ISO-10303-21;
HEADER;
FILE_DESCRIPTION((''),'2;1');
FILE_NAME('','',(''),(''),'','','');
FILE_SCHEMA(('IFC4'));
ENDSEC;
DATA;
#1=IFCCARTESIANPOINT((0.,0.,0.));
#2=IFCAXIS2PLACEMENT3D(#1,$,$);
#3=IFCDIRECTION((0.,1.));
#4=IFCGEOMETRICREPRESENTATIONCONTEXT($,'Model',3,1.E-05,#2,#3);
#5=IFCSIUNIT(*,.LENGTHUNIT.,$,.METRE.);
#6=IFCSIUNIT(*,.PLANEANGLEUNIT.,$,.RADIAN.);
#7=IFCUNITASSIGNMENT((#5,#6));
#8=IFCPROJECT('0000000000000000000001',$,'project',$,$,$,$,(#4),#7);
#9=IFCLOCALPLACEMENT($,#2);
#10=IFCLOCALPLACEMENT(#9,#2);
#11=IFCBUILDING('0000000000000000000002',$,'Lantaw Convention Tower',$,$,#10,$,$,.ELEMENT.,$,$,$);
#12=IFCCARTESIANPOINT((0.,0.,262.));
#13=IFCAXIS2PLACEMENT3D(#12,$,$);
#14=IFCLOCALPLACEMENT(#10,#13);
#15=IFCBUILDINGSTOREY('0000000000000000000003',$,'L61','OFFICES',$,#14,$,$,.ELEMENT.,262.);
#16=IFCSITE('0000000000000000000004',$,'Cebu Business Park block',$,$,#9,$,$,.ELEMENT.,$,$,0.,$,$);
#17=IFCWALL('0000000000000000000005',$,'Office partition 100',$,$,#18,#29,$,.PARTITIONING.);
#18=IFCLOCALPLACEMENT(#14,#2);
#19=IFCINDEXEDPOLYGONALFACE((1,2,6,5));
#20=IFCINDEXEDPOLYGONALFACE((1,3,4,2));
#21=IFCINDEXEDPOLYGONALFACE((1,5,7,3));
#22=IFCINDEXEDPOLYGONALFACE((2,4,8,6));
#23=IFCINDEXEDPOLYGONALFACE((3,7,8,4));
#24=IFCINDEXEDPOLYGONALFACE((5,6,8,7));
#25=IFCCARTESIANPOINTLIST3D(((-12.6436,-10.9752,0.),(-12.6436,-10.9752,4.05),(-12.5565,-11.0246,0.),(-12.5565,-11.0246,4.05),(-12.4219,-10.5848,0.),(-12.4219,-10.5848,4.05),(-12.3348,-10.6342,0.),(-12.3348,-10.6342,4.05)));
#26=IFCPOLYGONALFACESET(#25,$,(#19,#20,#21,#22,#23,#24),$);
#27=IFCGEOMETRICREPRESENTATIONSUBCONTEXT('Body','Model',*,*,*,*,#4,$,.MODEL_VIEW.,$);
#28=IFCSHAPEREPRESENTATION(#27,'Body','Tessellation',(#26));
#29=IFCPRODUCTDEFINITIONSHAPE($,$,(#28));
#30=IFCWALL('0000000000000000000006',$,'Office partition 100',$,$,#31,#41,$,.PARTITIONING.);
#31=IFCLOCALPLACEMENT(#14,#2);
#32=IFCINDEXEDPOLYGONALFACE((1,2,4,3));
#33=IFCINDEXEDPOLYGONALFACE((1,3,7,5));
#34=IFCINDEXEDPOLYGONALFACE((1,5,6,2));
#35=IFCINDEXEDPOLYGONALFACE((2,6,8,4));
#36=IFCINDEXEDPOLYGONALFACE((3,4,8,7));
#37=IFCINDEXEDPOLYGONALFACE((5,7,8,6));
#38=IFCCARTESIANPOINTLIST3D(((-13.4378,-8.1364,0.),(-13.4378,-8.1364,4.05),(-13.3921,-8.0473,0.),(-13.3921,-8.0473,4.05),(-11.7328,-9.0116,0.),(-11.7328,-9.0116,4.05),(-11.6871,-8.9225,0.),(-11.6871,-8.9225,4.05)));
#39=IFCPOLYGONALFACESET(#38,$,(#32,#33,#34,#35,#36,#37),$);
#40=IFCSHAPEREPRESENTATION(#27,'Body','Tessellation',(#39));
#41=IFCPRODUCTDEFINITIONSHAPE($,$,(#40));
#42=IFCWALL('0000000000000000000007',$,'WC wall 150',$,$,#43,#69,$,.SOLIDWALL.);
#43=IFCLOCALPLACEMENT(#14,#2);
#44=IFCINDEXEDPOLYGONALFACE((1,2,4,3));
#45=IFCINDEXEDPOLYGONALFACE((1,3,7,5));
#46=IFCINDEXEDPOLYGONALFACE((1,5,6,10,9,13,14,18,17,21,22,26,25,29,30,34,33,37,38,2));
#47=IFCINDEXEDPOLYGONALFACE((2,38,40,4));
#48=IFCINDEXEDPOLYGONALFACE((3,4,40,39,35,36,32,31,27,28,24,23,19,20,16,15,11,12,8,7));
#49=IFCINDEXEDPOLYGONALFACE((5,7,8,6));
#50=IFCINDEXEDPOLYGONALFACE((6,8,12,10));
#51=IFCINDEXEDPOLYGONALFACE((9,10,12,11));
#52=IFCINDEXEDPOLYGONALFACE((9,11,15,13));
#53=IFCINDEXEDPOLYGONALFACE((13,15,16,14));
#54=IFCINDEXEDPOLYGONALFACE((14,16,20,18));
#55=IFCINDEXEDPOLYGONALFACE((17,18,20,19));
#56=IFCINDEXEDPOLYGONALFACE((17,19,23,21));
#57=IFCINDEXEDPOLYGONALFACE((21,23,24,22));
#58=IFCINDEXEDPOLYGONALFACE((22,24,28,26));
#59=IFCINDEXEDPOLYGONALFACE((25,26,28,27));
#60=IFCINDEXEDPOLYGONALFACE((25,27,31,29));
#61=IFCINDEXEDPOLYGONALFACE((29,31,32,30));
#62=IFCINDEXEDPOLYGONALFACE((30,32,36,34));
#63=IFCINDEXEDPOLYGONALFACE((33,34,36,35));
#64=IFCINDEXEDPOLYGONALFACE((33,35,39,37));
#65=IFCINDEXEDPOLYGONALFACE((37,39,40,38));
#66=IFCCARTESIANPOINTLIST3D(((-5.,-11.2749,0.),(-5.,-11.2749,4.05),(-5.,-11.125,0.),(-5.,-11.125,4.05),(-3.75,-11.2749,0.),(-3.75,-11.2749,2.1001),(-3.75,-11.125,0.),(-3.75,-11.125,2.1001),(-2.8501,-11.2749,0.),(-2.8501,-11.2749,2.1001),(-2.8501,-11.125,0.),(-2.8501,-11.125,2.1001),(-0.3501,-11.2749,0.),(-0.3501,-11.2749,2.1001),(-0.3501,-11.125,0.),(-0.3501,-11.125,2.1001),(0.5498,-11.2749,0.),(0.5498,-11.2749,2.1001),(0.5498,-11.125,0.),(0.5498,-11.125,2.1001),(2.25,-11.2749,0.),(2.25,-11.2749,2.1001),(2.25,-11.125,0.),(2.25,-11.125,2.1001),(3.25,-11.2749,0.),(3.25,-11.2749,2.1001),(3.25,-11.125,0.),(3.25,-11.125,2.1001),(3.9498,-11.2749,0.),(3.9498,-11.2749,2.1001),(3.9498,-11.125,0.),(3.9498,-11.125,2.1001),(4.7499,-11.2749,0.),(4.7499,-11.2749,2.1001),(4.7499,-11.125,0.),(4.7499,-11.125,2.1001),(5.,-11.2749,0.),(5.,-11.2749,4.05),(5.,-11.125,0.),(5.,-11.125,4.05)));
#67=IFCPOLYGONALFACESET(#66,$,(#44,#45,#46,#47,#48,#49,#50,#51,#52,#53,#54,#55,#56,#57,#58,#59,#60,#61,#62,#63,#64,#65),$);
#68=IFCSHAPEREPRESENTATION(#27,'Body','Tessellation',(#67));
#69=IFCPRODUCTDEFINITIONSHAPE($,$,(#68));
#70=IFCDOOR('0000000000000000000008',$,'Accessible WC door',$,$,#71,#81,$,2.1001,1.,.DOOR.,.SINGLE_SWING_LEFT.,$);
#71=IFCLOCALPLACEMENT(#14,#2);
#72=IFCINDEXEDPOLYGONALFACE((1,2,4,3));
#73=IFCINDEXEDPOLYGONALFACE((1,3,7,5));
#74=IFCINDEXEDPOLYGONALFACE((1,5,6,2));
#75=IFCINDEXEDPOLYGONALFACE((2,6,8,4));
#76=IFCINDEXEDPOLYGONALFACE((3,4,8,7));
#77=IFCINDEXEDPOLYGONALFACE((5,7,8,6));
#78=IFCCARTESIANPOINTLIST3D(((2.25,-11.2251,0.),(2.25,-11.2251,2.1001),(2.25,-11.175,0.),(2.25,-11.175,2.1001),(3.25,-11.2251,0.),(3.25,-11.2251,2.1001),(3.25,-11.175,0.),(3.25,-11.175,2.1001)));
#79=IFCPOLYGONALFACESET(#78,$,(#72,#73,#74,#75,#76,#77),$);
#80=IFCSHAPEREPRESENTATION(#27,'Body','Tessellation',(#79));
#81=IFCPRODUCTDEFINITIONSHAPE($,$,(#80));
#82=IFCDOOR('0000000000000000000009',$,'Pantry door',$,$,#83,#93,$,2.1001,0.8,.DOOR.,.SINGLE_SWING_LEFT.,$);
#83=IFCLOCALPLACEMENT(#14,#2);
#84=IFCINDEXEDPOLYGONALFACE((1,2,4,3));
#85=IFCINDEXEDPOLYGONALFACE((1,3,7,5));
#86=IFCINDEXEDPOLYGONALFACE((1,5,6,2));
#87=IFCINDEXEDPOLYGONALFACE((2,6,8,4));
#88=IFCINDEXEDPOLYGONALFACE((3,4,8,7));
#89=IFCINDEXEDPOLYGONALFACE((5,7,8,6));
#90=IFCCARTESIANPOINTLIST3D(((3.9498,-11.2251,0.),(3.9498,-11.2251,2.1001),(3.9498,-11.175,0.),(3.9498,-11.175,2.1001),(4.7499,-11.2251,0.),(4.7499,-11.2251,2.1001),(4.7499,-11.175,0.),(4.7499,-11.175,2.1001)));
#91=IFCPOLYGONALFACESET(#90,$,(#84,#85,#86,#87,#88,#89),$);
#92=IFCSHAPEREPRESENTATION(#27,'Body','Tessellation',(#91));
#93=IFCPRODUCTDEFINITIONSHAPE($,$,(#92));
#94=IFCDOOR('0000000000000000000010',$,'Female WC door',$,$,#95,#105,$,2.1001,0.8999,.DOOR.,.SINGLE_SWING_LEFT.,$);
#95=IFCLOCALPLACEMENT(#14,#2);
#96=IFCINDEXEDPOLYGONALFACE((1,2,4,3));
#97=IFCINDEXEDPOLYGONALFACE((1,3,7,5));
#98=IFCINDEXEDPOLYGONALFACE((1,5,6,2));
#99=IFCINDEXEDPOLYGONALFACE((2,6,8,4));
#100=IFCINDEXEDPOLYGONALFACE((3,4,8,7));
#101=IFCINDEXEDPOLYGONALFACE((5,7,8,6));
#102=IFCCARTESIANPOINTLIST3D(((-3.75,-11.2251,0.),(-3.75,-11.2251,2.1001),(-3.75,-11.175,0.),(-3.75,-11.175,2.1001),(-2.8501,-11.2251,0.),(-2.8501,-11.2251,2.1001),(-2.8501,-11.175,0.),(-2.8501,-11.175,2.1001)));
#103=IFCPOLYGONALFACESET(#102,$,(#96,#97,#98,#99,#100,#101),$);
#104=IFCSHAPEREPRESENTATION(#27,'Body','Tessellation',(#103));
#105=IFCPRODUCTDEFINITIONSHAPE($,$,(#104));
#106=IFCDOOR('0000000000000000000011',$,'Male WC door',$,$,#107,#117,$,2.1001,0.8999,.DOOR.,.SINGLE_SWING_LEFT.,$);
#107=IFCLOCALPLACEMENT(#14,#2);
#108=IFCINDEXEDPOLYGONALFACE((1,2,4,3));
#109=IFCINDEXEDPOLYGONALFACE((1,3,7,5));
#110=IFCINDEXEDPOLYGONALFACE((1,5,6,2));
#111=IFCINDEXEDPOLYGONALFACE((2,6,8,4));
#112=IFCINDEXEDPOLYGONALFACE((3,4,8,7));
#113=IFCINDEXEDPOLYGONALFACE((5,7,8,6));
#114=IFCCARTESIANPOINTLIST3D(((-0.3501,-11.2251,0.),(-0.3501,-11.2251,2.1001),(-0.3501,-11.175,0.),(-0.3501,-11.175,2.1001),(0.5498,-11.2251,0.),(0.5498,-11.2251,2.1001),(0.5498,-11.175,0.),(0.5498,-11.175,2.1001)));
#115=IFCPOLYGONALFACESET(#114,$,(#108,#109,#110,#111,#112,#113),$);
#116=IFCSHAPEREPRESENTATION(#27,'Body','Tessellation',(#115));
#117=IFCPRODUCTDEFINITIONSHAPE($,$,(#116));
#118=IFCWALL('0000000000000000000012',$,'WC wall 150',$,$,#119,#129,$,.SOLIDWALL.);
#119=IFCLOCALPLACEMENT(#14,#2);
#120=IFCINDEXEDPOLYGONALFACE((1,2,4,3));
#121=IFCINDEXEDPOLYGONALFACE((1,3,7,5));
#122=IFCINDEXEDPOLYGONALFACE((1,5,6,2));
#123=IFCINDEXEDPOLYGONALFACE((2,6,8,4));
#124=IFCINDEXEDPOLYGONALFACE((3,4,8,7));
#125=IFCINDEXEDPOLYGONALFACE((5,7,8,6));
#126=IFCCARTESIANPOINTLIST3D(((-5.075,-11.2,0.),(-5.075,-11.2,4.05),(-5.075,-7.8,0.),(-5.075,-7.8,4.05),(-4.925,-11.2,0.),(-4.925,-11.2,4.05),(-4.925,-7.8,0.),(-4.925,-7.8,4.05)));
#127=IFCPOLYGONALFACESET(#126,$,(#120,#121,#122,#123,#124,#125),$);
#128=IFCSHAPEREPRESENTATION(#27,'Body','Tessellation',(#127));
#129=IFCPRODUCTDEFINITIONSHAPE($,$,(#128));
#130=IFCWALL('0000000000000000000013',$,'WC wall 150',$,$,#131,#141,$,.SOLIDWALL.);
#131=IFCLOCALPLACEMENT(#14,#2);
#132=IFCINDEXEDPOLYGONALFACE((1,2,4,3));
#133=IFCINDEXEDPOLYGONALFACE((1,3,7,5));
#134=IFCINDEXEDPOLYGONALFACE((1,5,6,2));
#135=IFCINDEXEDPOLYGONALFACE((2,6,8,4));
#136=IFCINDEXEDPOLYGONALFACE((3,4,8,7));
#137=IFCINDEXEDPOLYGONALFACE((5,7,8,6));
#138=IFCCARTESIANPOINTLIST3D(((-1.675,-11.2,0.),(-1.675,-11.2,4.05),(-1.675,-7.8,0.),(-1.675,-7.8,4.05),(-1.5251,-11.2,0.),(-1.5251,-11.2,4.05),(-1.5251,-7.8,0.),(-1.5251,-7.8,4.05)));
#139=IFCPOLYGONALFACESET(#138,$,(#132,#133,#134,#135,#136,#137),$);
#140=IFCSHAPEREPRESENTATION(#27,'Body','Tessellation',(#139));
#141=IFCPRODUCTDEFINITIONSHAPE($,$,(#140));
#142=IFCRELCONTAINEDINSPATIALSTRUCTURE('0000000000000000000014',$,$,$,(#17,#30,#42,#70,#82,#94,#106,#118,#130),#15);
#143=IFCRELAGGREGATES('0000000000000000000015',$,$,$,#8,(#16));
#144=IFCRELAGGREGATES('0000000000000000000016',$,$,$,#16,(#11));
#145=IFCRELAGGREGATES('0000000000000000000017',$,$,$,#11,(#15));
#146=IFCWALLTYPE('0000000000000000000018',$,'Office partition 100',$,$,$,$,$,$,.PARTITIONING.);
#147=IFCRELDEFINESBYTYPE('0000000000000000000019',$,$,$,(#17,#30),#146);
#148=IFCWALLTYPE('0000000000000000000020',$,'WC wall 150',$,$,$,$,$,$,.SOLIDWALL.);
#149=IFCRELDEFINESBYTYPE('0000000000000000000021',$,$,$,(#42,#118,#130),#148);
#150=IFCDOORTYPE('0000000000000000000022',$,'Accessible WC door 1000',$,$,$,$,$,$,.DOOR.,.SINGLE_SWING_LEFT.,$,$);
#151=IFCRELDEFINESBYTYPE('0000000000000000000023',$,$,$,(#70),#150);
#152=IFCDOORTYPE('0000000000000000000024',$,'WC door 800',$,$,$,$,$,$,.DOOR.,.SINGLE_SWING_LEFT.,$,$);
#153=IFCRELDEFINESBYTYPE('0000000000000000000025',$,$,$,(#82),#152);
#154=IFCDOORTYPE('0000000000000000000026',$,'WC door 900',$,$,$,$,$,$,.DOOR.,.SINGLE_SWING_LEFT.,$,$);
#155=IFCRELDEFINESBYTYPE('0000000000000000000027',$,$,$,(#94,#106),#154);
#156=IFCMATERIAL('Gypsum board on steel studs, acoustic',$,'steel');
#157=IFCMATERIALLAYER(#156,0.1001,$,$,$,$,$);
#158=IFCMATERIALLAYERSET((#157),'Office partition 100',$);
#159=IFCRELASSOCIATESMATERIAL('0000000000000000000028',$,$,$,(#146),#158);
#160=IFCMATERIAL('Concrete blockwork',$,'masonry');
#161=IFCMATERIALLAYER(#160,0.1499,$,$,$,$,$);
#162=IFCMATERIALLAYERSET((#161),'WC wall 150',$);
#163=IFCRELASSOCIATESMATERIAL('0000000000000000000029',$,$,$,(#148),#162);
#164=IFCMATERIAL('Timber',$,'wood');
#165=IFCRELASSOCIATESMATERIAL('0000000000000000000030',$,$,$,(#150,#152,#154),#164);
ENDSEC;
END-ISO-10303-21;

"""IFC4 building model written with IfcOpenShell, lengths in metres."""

from ifc_helpers import new_model, si_unit, direction, frame, frame_2d, origin, place, context, subcontext, project, spatial, rectangle, extrude, material, layer, layer_set, type_object, element, fill, save


model = new_model("IFC4")

# Units and contexts
model_context = context("Model", 3, precision=1e-05, world=origin(), true_north=direction((0.0, 1.0)))
body_context = subcontext(model_context, "Body", "Model", "MODEL_VIEW")
ifc_project = project(units=[si_unit("LENGTHUNIT", "METRE"), si_unit("PLANEANGLEUNIT", "RADIAN")], contexts=[model_context])

# Site, building, storey
site_placement = place(None, origin())
site = spatial("IfcSite", under=ifc_project, at=site_placement, Name="Cebu Business Park block", CompositionType="ELEMENT", RefElevation=0.0)
building_placement = place(site_placement, origin())
building = spatial("IfcBuilding", under=site, at=building_placement, Name="Lantaw Convention Tower", CompositionType="ELEMENT")
storey_placement = place(building_placement, frame((0.0, 0.0, 262.0)))
storey = spatial("IfcBuildingStorey", under=building, at=storey_placement, Name="L61", Description="OFFICES", CompositionType="ELEMENT", Elevation=262.0)

# Shared definitions
ifc_material_1 = material(Name="Gypsum board on steel studs, acoustic", Category="steel")
ifc_layer_1 = layer(ifc_material_1, 0.1001)
ifc_layer_set_1 = layer_set([ifc_layer_1], Name="Office partition 100")
wall_type_1 = type_object("IfcWallType", Name="Office partition 100", PredefinedType="PARTITIONING", material=ifc_layer_set_1)

# Shared definitions
ifc_material_2 = material(Name="Timber", Category="wood")

# Walls
wall_1_placement = place(storey_placement, frame((-12.6001, -11.0, 0.0), z_axis=(0.0, 0.0, 1.0), x_axis=(0.493794, 0.869579, 0.0)))
element("IfcWall", 1, at=wall_1_placement, inside=storey, type_object=wall_type_1, Name="Office partition 100", PredefinedType="PARTITIONING", context=body_context, shape_type="SweptSolid", body=[
    extrude(rectangle(XDim=0.449, YDim=0.1001, at=frame_2d((0.2246, 0.0))), origin(), (0.0, 0.0, 1.0), 4.05),
])
wall_2_placement = place(storey_placement, frame((-11.71, -8.967, 0.0), z_axis=(0.0, 0.0, 1.0), x_axis=(-0.889638, 0.456666, 0.0)))
element("IfcWall", 2, at=wall_2_placement, inside=storey, type_object=wall_type_1, Name="Office partition 100", PredefinedType="PARTITIONING", context=body_context, shape_type="SweptSolid", body=[
    extrude(rectangle(XDim=1.9165, YDim=0.1001, at=frame_2d((0.9583, 0.0))), origin(), (0.0, 0.0, 1.0), 4.05),
])

# Wall, openings, doors
ifc_material_3 = material(Name="Concrete blockwork", Category="masonry")
ifc_layer_2 = layer(ifc_material_3, 0.1499)
ifc_layer_set_2 = layer_set([ifc_layer_2], Name="WC wall 150")
wall_type_2 = type_object("IfcWallType", Name="WC wall 150", PredefinedType="SOLIDWALL", material=ifc_layer_set_2)
wall_3_placement = place(storey_placement, frame((-5.0, -11.2, 0.0), z_axis=(0.0, 0.0, 1.0), x_axis=(1.0, 0.0, 0.0)))
wall_3 = element("IfcWall", 3, at=wall_3_placement, inside=storey, type_object=wall_type_2, Name="WC wall 150", PredefinedType="SOLIDWALL", context=body_context, shape_type="SweptSolid", body=[
    extrude(rectangle(XDim=10.0, YDim=0.1499, at=frame_2d((5.0, 0.0))), origin(), (0.0, 0.0, 1.0), 4.05),
])
opening_1_placement = place(wall_3_placement, frame((1.25, 0.0, 0.0)))
opening_1 = element("IfcOpeningElement", 4, at=opening_1_placement, cuts=wall_3, PredefinedType="OPENING", context=body_context, shape_type="SweptSolid", body=[
    extrude(rectangle(XDim=0.8999, YDim=2.1001, at=frame_2d((0.45, 1.05))), frame((0.0, 0.085, 0.0), z_axis=(0.0, -1.0, 0.0), x_axis=(1.0, 0.0, 0.0)), (0.0, 0.0, 1.0), 0.1699),
])
opening_2_placement = place(wall_3_placement, frame((4.6499, 0.0, 0.0)))
opening_2 = element("IfcOpeningElement", 5, at=opening_2_placement, cuts=wall_3, PredefinedType="OPENING", context=body_context, shape_type="SweptSolid", body=[
    extrude(rectangle(XDim=0.8999, YDim=2.1001, at=frame_2d((0.45, 1.05))), frame((0.0, 0.085, 0.0), z_axis=(0.0, -1.0, 0.0), x_axis=(1.0, 0.0, 0.0)), (0.0, 0.0, 1.0), 0.1699),
])
opening_3_placement = place(wall_3_placement, frame((7.25, 0.0, 0.0)))
opening_3 = element("IfcOpeningElement", 6, at=opening_3_placement, cuts=wall_3, PredefinedType="OPENING", context=body_context, shape_type="SweptSolid", body=[
    extrude(rectangle(XDim=1.0, YDim=2.1001, at=frame_2d((0.5, 1.05))), frame((0.0, 0.085, 0.0), z_axis=(0.0, -1.0, 0.0), x_axis=(1.0, 0.0, 0.0)), (0.0, 0.0, 1.0), 0.1699),
])
opening_4_placement = place(wall_3_placement, frame((8.95, 0.0, 0.0)))
opening_4 = element("IfcOpeningElement", 7, at=opening_4_placement, cuts=wall_3, PredefinedType="OPENING", context=body_context, shape_type="SweptSolid", body=[
    extrude(rectangle(XDim=0.8, YDim=2.1001, at=frame_2d((0.3999, 1.05))), frame((0.0, 0.085, 0.0), z_axis=(0.0, -1.0, 0.0), x_axis=(1.0, 0.0, 0.0)), (0.0, 0.0, 1.0), 0.1699),
])
door_type_1 = type_object("IfcDoorType", Name="Accessible WC door 1000", OperationType="SINGLE_SWING_LEFT", PredefinedType="DOOR", material=ifc_material_2)
door_1_placement = place(opening_3_placement, origin())
door_1 = element("IfcDoor", 8, at=door_1_placement, inside=storey, type_object=door_type_1, Name="Accessible WC door", OperationType="SINGLE_SWING_LEFT", OverallHeight=2.1001, OverallWidth=1.0, PredefinedType="DOOR", context=body_context, shape_type="SweptSolid", body=[
    extrude(rectangle(XDim=1.0, YDim=2.1001, at=frame_2d((0.5, 1.05))), frame((0.0, 0.0249, 0.0), z_axis=(0.0, -1.0, 0.0), x_axis=(1.0, 0.0, 0.0)), (0.0, 0.0, 1.0), 0.05),
])
fill(opening_3, door_1)
door_type_2 = type_object("IfcDoorType", Name="WC door 800", OperationType="SINGLE_SWING_LEFT", PredefinedType="DOOR", material=ifc_material_2)
door_2_placement = place(opening_4_placement, origin())
door_2 = element("IfcDoor", 9, at=door_2_placement, inside=storey, type_object=door_type_2, Name="Pantry door", OperationType="SINGLE_SWING_LEFT", OverallHeight=2.1001, OverallWidth=0.8, PredefinedType="DOOR", context=body_context, shape_type="SweptSolid", body=[
    extrude(rectangle(XDim=0.8, YDim=2.1001, at=frame_2d((0.3999, 1.05))), frame((0.0, 0.0249, 0.0), z_axis=(0.0, -1.0, 0.0), x_axis=(1.0, 0.0, 0.0)), (0.0, 0.0, 1.0), 0.05),
])
fill(opening_4, door_2)
door_type_3 = type_object("IfcDoorType", Name="WC door 900", OperationType="SINGLE_SWING_LEFT", PredefinedType="DOOR", material=ifc_material_2)
door_3_placement = place(opening_1_placement, origin())
door_3 = element("IfcDoor", 10, at=door_3_placement, inside=storey, type_object=door_type_3, Name="Female WC door", OperationType="SINGLE_SWING_LEFT", OverallHeight=2.1001, OverallWidth=0.8999, PredefinedType="DOOR", context=body_context, shape_type="SweptSolid", body=[
    extrude(rectangle(XDim=0.8999, YDim=2.1001, at=frame_2d((0.45, 1.05))), frame((0.0, 0.0249, 0.0), z_axis=(0.0, -1.0, 0.0), x_axis=(1.0, 0.0, 0.0)), (0.0, 0.0, 1.0), 0.05),
])
fill(opening_1, door_3)
door_4_placement = place(opening_2_placement, origin())
door_4 = element("IfcDoor", 11, at=door_4_placement, inside=storey, type_object=door_type_3, Name="Male WC door", OperationType="SINGLE_SWING_LEFT", OverallHeight=2.1001, OverallWidth=0.8999, PredefinedType="DOOR", context=body_context, shape_type="SweptSolid", body=[
    extrude(rectangle(XDim=0.8999, YDim=2.1001, at=frame_2d((0.45, 1.05))), frame((0.0, 0.0249, 0.0), z_axis=(0.0, -1.0, 0.0), x_axis=(1.0, 0.0, 0.0)), (0.0, 0.0, 1.0), 0.05),
])
fill(opening_2, door_4)

# Walls
for number, where, z_axis, x_axis, name in (
    (12, (-5.0, -7.8, 0.0), (0.0, 0.0, 1.0), (0.0, -1.0, 0.0), "WC wall 150"),
    (13, (-1.6001, -7.8, 0.0), (0.0, 0.0, 1.0), (0.0, -1.0, 0.0), "WC wall 150"),
):
    element("IfcWall", number, at=place(storey_placement, frame(where, z_axis=z_axis, x_axis=x_axis)), inside=storey, type_object=wall_type_2, Name=name, PredefinedType="SOLIDWALL", context=body_context, shape_type="SweptSolid", body=[
        extrude(rectangle(XDim=3.3999, YDim=0.1499, at=frame_2d((1.7, 0.0))), origin(), (0.0, 0.0, 1.0), 4.05),
    ])

save(model, "model.ifc")
